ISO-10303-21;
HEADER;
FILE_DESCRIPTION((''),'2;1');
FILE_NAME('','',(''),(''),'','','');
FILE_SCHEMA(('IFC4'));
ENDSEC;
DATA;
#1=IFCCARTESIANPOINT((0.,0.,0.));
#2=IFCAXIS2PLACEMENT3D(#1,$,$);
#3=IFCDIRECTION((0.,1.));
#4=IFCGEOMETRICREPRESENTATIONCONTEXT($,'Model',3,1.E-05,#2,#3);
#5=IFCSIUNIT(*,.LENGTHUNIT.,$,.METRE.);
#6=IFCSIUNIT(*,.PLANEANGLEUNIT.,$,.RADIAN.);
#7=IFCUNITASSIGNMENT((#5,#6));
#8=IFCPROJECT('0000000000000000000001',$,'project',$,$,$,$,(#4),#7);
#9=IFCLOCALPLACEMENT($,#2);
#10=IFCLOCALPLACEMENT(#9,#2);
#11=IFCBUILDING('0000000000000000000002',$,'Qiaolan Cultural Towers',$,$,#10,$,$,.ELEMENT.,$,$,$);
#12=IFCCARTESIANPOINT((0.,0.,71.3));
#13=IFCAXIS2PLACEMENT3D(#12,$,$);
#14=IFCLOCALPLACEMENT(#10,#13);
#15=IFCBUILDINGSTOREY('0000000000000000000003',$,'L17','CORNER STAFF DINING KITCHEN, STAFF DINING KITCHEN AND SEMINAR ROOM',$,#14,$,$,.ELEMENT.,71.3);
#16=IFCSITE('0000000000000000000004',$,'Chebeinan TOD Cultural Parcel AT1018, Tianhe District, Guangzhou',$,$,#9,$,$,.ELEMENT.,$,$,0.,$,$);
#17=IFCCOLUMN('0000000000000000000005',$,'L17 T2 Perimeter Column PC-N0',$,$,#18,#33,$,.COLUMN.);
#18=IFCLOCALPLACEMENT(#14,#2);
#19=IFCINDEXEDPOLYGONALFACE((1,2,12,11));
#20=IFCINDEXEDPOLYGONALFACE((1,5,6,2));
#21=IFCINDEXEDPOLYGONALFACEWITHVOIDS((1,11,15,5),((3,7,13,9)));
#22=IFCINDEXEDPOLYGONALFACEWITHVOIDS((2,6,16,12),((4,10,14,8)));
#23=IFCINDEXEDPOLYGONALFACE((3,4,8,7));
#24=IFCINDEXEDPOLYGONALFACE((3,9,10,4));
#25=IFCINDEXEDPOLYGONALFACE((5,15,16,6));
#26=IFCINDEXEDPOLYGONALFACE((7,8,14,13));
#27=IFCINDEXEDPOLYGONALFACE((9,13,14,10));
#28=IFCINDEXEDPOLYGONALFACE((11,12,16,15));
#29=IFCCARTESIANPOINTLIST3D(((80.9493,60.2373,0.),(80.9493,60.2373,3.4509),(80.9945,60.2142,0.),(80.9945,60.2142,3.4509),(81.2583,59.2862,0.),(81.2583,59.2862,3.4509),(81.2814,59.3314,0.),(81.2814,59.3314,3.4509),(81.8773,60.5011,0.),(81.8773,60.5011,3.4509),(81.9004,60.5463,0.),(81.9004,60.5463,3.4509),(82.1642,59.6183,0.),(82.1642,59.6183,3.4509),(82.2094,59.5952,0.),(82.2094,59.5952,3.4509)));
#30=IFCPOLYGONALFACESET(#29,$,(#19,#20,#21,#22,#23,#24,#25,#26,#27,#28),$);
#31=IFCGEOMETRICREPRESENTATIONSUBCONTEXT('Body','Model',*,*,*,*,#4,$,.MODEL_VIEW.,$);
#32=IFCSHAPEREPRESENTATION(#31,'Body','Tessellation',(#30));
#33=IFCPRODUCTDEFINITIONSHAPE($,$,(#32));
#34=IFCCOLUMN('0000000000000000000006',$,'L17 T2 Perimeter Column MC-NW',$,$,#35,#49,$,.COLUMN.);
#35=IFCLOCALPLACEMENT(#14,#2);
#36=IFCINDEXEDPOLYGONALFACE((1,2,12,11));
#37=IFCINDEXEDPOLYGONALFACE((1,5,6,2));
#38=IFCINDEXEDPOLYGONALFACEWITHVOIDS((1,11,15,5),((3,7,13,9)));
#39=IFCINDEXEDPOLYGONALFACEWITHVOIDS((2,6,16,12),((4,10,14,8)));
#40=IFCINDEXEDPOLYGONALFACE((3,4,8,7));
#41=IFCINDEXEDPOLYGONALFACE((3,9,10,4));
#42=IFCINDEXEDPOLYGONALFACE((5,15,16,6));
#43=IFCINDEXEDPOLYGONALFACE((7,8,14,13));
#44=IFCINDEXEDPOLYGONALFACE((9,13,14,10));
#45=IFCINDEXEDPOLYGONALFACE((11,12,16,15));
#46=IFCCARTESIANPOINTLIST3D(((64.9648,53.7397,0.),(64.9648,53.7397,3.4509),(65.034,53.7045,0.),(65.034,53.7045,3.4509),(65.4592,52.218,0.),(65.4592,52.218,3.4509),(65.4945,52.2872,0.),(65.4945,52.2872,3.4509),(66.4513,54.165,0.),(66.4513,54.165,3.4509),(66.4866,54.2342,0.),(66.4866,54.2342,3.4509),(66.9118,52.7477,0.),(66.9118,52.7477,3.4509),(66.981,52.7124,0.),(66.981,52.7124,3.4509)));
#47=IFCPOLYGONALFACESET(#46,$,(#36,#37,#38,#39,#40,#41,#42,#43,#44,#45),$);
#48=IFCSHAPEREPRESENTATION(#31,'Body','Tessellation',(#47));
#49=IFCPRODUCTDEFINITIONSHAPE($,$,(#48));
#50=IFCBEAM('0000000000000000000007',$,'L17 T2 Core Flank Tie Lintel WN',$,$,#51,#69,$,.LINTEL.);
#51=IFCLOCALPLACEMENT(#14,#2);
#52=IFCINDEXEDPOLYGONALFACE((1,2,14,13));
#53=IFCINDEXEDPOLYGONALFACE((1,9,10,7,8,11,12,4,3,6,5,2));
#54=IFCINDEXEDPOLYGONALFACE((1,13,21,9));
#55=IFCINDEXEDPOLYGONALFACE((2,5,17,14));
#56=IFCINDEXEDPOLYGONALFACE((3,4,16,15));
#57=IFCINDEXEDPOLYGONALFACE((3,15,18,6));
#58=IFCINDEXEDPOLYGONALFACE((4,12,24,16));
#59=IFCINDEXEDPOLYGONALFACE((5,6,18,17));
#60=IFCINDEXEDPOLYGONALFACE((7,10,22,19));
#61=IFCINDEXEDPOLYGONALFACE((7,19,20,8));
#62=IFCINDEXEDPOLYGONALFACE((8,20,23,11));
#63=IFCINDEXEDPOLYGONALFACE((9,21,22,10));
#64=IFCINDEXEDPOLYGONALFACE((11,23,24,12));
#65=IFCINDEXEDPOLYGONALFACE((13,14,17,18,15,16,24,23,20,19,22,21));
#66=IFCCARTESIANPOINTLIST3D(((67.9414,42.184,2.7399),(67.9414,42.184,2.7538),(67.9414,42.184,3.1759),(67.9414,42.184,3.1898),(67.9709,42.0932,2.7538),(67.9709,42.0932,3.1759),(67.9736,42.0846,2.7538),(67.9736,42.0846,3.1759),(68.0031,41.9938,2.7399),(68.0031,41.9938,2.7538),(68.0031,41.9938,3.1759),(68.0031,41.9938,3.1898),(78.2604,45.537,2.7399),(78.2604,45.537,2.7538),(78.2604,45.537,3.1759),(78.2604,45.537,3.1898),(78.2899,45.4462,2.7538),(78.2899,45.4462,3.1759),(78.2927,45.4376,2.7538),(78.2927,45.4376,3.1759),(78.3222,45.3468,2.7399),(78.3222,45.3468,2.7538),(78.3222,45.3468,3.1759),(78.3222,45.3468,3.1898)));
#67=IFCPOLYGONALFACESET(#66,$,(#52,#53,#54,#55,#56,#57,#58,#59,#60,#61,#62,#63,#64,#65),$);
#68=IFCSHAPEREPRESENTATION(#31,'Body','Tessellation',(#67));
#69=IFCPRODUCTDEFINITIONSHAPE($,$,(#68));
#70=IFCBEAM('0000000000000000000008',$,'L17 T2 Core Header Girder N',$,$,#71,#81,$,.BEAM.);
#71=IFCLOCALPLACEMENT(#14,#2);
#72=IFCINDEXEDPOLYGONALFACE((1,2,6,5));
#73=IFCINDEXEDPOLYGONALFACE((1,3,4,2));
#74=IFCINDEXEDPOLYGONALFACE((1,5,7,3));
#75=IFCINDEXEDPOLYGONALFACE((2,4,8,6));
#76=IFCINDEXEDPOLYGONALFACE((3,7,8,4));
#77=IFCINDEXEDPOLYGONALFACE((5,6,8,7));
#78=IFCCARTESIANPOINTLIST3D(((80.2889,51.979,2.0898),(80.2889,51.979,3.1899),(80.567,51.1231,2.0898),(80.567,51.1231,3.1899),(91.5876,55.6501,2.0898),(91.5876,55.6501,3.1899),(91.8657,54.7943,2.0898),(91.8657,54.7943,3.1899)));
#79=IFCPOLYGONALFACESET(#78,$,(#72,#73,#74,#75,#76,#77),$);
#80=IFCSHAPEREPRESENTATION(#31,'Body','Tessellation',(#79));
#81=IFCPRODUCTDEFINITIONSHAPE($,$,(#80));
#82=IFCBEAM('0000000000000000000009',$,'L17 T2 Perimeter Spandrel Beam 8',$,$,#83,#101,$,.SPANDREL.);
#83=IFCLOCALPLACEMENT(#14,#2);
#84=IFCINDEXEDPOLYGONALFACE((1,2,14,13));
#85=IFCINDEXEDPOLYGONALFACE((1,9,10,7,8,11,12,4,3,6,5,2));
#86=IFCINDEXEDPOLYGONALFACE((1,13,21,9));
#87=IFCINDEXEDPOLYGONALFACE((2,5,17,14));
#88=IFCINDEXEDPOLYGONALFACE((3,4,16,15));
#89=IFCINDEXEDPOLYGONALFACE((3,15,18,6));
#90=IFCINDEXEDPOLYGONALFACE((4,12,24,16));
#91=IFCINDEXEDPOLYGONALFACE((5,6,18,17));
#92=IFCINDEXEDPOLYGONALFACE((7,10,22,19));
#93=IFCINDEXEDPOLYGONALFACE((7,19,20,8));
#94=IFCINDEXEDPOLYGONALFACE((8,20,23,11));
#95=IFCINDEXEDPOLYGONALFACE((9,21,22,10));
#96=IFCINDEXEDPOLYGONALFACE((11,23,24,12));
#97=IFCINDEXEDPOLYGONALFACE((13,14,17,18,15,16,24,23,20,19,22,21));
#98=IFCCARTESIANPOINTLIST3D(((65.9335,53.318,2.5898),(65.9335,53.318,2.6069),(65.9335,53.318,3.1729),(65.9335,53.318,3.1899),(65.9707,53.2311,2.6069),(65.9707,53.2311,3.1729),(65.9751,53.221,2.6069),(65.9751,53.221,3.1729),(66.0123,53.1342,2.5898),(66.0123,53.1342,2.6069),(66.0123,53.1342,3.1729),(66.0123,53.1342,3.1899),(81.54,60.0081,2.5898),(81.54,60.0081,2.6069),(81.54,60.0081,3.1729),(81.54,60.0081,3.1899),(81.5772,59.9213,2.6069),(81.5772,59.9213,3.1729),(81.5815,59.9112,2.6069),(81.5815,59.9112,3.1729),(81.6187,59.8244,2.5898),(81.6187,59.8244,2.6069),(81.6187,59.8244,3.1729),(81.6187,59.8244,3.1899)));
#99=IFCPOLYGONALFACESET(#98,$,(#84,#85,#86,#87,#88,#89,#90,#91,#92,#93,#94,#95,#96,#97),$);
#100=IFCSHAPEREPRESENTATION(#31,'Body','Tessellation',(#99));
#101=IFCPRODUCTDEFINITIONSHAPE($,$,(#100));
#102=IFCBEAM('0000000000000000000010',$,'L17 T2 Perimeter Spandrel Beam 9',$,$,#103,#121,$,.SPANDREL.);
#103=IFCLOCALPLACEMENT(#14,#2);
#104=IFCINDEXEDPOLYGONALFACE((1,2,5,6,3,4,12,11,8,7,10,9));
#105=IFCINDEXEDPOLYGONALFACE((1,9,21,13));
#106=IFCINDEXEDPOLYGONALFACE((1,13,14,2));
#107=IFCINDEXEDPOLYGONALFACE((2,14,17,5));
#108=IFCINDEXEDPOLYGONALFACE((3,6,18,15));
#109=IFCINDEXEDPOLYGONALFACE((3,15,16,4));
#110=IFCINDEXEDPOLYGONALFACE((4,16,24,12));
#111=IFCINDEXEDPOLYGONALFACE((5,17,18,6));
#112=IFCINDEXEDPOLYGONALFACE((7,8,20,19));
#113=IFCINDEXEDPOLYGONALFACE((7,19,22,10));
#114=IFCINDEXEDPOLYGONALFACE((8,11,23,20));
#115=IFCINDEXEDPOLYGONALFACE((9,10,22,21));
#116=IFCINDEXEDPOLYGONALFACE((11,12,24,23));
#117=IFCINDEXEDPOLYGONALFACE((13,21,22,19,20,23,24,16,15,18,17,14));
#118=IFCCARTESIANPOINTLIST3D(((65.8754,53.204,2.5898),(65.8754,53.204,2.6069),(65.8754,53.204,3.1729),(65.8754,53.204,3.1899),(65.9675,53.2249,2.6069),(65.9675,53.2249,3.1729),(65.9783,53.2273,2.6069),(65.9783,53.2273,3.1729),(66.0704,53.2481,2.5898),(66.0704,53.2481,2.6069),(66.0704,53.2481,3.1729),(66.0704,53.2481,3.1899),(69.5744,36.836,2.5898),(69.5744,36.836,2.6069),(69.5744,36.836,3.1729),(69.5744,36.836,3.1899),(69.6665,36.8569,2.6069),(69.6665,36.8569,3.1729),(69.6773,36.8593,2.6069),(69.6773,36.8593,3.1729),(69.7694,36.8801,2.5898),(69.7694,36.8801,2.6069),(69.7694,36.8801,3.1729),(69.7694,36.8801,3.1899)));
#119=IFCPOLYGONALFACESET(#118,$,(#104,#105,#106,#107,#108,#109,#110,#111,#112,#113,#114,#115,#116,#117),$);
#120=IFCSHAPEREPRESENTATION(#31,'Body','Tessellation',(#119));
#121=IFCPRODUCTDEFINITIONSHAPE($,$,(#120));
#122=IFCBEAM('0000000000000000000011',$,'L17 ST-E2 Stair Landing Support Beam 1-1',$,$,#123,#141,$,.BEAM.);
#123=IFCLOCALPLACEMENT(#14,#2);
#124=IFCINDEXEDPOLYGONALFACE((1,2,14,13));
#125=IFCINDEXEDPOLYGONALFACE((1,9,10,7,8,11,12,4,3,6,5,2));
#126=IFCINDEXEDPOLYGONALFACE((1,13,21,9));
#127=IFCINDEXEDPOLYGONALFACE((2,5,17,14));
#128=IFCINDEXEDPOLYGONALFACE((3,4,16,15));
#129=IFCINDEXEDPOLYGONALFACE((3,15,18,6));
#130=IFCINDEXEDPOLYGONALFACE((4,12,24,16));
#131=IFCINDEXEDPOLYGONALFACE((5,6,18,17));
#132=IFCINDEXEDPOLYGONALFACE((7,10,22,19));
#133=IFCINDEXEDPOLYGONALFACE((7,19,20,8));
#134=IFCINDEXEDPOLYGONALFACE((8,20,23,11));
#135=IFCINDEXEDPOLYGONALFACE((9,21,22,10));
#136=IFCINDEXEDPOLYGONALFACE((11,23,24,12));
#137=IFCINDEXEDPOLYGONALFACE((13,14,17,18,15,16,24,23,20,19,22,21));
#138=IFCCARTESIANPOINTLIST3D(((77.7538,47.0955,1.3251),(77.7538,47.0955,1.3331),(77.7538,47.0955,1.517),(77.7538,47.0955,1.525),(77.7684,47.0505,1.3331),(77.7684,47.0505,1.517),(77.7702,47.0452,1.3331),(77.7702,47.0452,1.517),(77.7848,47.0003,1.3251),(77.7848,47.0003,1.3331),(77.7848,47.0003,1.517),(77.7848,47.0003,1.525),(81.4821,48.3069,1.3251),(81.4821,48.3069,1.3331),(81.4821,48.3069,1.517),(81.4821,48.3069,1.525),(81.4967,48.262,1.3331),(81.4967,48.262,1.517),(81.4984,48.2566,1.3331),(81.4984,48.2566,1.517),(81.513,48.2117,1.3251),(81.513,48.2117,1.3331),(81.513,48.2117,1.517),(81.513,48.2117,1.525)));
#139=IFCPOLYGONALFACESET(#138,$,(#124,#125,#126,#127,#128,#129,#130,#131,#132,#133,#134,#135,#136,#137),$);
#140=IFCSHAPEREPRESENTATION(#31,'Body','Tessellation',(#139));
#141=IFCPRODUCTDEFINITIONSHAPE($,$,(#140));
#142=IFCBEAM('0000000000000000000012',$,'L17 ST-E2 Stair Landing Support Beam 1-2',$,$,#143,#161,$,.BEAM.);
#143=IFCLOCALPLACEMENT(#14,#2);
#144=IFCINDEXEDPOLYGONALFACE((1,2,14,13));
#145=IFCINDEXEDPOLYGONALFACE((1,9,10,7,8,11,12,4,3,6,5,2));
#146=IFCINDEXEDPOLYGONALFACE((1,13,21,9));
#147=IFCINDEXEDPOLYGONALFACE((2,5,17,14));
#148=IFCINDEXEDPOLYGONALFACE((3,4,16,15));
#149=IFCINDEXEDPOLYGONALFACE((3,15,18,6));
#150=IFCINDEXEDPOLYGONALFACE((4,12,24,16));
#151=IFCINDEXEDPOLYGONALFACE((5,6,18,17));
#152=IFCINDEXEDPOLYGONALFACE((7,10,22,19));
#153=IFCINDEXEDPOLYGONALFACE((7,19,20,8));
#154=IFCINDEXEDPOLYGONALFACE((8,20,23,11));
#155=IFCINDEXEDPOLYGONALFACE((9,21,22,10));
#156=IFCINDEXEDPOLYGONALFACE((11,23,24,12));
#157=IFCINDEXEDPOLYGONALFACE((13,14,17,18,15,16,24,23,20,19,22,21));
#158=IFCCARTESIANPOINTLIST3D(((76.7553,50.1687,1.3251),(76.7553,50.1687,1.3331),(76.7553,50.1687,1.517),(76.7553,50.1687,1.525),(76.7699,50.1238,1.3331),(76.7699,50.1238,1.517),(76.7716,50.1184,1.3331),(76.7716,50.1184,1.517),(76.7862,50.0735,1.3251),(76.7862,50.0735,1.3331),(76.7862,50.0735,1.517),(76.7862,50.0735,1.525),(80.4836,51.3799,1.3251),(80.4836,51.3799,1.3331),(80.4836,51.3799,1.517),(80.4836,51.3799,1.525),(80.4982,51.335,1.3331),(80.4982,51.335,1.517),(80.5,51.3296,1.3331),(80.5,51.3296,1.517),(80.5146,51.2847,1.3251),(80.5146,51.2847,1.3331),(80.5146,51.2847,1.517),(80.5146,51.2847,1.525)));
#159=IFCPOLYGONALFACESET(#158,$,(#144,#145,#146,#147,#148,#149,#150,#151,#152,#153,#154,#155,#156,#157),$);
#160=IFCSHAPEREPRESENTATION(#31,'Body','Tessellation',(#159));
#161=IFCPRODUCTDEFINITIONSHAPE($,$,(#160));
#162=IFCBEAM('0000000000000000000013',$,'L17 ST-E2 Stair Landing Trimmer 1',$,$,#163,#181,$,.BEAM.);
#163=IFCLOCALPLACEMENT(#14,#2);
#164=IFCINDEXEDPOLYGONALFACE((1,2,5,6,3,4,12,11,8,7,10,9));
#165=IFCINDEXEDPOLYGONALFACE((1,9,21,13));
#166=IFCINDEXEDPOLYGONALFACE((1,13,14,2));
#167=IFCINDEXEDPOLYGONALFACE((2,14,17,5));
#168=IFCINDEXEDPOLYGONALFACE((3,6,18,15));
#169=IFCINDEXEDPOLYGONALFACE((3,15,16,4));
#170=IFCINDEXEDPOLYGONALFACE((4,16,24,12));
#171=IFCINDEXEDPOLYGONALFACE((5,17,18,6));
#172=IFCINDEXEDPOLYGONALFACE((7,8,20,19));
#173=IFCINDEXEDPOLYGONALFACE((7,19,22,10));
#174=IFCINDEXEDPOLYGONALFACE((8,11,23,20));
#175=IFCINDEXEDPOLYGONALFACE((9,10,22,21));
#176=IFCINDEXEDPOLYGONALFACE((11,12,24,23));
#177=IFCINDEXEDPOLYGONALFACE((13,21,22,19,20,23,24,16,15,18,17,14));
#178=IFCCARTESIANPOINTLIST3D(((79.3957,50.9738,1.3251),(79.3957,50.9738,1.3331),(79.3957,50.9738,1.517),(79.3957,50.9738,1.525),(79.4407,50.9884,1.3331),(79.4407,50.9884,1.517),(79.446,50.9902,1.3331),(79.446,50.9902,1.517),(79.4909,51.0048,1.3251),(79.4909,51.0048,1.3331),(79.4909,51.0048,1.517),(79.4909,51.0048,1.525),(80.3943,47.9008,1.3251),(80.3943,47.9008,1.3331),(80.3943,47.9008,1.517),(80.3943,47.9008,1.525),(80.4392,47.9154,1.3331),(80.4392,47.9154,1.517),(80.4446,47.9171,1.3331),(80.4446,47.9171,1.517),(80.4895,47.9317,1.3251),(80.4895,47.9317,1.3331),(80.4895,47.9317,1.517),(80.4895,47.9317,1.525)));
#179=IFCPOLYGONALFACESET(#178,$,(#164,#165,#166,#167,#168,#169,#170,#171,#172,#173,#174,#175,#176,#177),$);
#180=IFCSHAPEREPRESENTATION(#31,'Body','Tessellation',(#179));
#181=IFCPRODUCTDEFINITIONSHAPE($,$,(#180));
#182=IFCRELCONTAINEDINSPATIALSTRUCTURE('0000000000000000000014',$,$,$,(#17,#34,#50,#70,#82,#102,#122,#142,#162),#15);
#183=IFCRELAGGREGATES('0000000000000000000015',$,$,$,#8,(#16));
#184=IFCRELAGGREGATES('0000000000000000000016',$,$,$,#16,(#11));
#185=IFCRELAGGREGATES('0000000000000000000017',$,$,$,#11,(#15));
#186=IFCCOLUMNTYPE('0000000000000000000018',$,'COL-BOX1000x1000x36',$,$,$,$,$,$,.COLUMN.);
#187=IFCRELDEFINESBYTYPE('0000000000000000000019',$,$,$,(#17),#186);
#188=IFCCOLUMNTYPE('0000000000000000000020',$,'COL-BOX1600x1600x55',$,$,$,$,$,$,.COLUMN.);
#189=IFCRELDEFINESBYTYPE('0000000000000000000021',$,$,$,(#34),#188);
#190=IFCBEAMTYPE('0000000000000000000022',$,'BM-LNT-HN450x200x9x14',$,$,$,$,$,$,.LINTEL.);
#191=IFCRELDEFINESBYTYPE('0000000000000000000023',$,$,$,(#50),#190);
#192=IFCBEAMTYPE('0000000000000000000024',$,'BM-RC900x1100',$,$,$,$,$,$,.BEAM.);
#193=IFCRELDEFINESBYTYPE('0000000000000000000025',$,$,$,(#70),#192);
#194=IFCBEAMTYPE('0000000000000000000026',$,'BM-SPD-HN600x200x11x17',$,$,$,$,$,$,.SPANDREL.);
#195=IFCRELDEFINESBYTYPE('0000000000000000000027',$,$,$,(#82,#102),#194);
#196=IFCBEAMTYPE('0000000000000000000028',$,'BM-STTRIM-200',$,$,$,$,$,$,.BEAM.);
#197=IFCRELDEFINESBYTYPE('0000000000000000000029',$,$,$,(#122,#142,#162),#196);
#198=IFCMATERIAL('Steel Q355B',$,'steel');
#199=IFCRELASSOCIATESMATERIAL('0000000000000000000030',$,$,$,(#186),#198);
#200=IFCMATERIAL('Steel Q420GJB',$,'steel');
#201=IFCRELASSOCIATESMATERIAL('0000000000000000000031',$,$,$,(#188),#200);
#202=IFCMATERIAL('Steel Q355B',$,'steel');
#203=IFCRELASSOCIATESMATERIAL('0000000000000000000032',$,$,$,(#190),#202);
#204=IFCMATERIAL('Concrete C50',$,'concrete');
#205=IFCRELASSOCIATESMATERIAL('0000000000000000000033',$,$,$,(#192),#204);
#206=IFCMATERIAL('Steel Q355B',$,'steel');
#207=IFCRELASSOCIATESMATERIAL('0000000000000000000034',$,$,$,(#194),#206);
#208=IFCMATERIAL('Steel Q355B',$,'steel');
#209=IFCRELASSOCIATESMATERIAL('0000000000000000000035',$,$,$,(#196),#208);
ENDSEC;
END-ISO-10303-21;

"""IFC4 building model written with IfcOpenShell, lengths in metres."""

from ifc_helpers import new_model, si_unit, direction, frame, origin, origin_2d, place, context, subcontext, project, spatial, rectangle, hollow_rectangle, i_section, extrude, material, material_profile, profile_set, type_object, element, save


model = new_model("IFC4")

# Units and contexts
model_context = context("Model", 3, precision=1e-05, world=origin(), true_north=direction((0.0, 1.0)))
body_context = subcontext(model_context, "Body", "Model", "MODEL_VIEW")
ifc_project = project(units=[si_unit("LENGTHUNIT", "METRE"), si_unit("PLANEANGLEUNIT", "RADIAN")], contexts=[model_context])

# Site, building, storey
site_placement = place(None, origin())
site = spatial("IfcSite", under=ifc_project, at=site_placement, Name="Chebeinan TOD Cultural Parcel AT1018, Tianhe District, Guangzhou", CompositionType="ELEMENT", RefElevation=0.0)
building_placement = place(site_placement, origin())
building = spatial("IfcBuilding", under=site, at=building_placement, Name="Qiaolan Cultural Towers", CompositionType="ELEMENT")
storey_placement = place(building_placement, frame((0.0, 0.0, 71.3)))
storey = spatial("IfcBuildingStorey", under=building, at=storey_placement, Name="L17", Description="CORNER STAFF DINING KITCHEN, STAFF DINING KITCHEN AND SEMINAR ROOM", CompositionType="ELEMENT", Elevation=71.3)

# Columns
ifc_material_1 = material(Name="Steel Q355B", Category="steel")
ifc_material_profile_1 = material_profile(ifc_material_1, hollow_rectangle(XDim=1.0, YDim=1.0, WallThickness=0.0359, at=origin_2d()), Name="BOX1000x1000x36")
ifc_profile_set_1 = profile_set([ifc_material_profile_1], Name="Steel Q355B")
column_type_1 = type_object("IfcColumnType", Name="COL-BOX1000x1000x36", PredefinedType="COLUMN", material=ifc_profile_set_1)
column_1_placement = place(storey_placement, frame((81.5793, 59.9163, 0.0), z_axis=(0.0, 0.0, 1.0), x_axis=(0.951057, 0.309017, 0.0)))
element("IfcColumn", 1, at=column_1_placement, inside=storey, type_object=column_type_1, Name="L17 T2 Perimeter Column PC-N0", PredefinedType="COLUMN", context=body_context, shape_type="SweptSolid", body=[
    extrude(hollow_rectangle(XDim=1.0, YDim=1.0, WallThickness=0.0359, at=origin_2d()), origin(), (0.0, 0.0, 1.0), 3.4509),
])
ifc_material_2 = material(Name="Steel Q420GJB", Category="steel")
ifc_material_profile_2 = material_profile(ifc_material_2, hollow_rectangle(XDim=1.6001, YDim=1.6001, WallThickness=0.0549, at=origin_2d()), Name="BOX1600x1600x55")
ifc_profile_set_2 = profile_set([ifc_material_profile_2], Name="Steel Q420GJB")
column_type_2 = type_object("IfcColumnType", Name="COL-BOX1600x1600x55", PredefinedType="COLUMN", material=ifc_profile_set_2)
column_2_placement = place(storey_placement, frame((65.9729, 53.2261, 0.0), z_axis=(0.0, 0.0, 1.0), x_axis=(0.951057, 0.309017, 0.0)))
element("IfcColumn", 2, at=column_2_placement, inside=storey, type_object=column_type_2, Name="L17 T2 Perimeter Column MC-NW", PredefinedType="COLUMN", context=body_context, shape_type="SweptSolid", body=[
    extrude(hollow_rectangle(XDim=1.6001, YDim=1.6001, WallThickness=0.0549, at=origin_2d()), origin(), (0.0, 0.0, 1.0), 3.4509),
])

# Beams
ifc_material_3 = material(Name="Steel Q355B", Category="steel")
ifc_material_profile_3 = material_profile(ifc_material_3, i_section(OverallWidth=0.2, OverallDepth=0.45, WebThickness=0.009, FlangeThickness=0.0139, at=origin_2d()), Name="HN450x200x9x14")
ifc_profile_set_3 = profile_set([ifc_material_profile_3], Name="Steel Q355B")
beam_type_1 = type_object("IfcBeamType", Name="BM-LNT-HN450x200x9x14", PredefinedType="LINTEL", material=ifc_profile_set_3)
beam_1_placement = place(storey_placement, frame((78.2913, 45.4419, 2.9648), z_axis=(-0.951052, -0.30903, 0.0), x_axis=(0.30903, -0.951052, 0.0)))
element("IfcBeam", 3, at=beam_1_placement, inside=storey, type_object=beam_type_1, Name="L17 T2 Core Flank Tie Lintel WN", PredefinedType="LINTEL", context=body_context, shape_type="SweptSolid", body=[
    extrude(i_section(OverallWidth=0.2, OverallDepth=0.45, WebThickness=0.009, FlangeThickness=0.0139, at=origin_2d()), origin(), (0.0, 0.0, 1.0), 10.8501),
])
ifc_material_4 = material(Name="Concrete C50", Category="concrete")
ifc_material_profile_4 = material_profile(ifc_material_4, rectangle(XDim=0.8999, YDim=1.1001, at=origin_2d()), Name="RC900x1100")
ifc_profile_set_4 = profile_set([ifc_material_profile_4], Name="Concrete C50")
beam_type_2 = type_object("IfcBeamType", Name="BM-RC900x1100", PredefinedType="BEAM", material=ifc_profile_set_4)
beam_2_placement = place(storey_placement, frame((80.428, 51.551, 2.6399), z_axis=(0.951056, 0.309018, 0.0), x_axis=(-0.309018, 0.951056, 0.0)))
element("IfcBeam", 4, at=beam_2_placement, inside=storey, type_object=beam_type_2, Name="L17 T2 Core Header Girder N", PredefinedType="BEAM", context=body_context, shape_type="SweptSolid", body=[
    extrude(rectangle(XDim=0.8999, YDim=1.1001, at=origin_2d()), origin(), (0.0, 0.0, 1.0), 11.8801),
])
ifc_material_5 = material(Name="Steel Q355B", Category="steel")
ifc_material_profile_5 = material_profile(ifc_material_5, i_section(OverallWidth=0.2, OverallDepth=0.6001, WebThickness=0.011, FlangeThickness=0.0171, at=origin_2d()), Name="HN600x200x11x17")
ifc_profile_set_5 = profile_set([ifc_material_profile_5], Name="Steel Q355B")
beam_type_3 = type_object("IfcBeamType", Name="BM-SPD-HN600x200x11x17", PredefinedType="SPANDREL", material=ifc_profile_set_5)
beam_3_placement = place(storey_placement, frame((81.5793, 59.9163, 2.8899), z_axis=(-0.919109, -0.394004, 0.0), x_axis=(0.394004, -0.919109, 0.0)))
element("IfcBeam", 5, at=beam_3_placement, inside=storey, type_object=beam_type_3, Name="L17 T2 Perimeter Spandrel Beam 8", PredefinedType="SPANDREL", context=body_context, shape_type="SweptSolid", body=[
    extrude(i_section(OverallWidth=0.2, OverallDepth=0.6001, WebThickness=0.011, FlangeThickness=0.0171, at=origin_2d()), origin(), (0.0, 0.0, 1.0), 16.98),
])
beam_4_placement = place(storey_placement, frame((65.9729, 53.2261, 2.8899), z_axis=(0.220431, -0.975403, 0.0), x_axis=(0.975403, 0.220431, 0.0)))
element("IfcBeam", 6, at=beam_4_placement, inside=storey, type_object=beam_type_3, Name="L17 T2 Perimeter Spandrel Beam 9", PredefinedType="SPANDREL", context=body_context, shape_type="SweptSolid", body=[
    extrude(i_section(OverallWidth=0.2, OverallDepth=0.6001, WebThickness=0.011, FlangeThickness=0.0171, at=origin_2d()), origin(), (0.0, 0.0, 1.0), 16.7808),
])
ifc_material_6 = material(Name="Steel Q355B", Category="steel")
ifc_material_profile_6 = material_profile(ifc_material_6, i_section(OverallWidth=0.1001, OverallDepth=0.2, WebThickness=0.0056, FlangeThickness=0.0081, at=origin_2d()), Name="HN200x100x5.5x8")
ifc_profile_set_6 = profile_set([ifc_material_profile_6], Name="Steel Q355B")
beam_type_4 = type_object("IfcBeamType", Name="BM-STTRIM-200", PredefinedType="BEAM", material=ifc_profile_set_6)
for number, where, z_axis, x_axis, name in (
    (7, (77.7693, 47.0479, 1.425), (0.951054, 0.309026, 0.0), (-0.309026, 0.951054, 0.0), "L17 ST-E2 Stair Landing Support Beam 1-1"),
    (8, (76.7708, 50.1211, 1.425), (0.951072, 0.308969, 0.0), (-0.308969, 0.951072, 0.0), "L17 ST-E2 Stair Landing Support Beam 1-2"),
):
    element("IfcBeam", number, at=place(storey_placement, frame(where, z_axis=z_axis, x_axis=x_axis)), inside=storey, type_object=beam_type_4, Name=name, PredefinedType="BEAM", context=body_context, shape_type="SweptSolid", body=[
        extrude(i_section(OverallWidth=0.1001, OverallDepth=0.2, WebThickness=0.0056, FlangeThickness=0.0081, at=origin_2d()), origin(), (0.0, 0.0, 1.0), 3.9202),
    ])
beam_5_placement = place(storey_placement, frame((80.4419, 47.9163, 1.425), z_axis=(-0.309033, 0.951051, 0.0), x_axis=(-0.951051, -0.309033, 0.0)))
element("IfcBeam", 9, at=beam_5_placement, inside=storey, type_object=beam_type_4, Name="L17 ST-E2 Stair Landing Trimmer 1", PredefinedType="BEAM", context=body_context, shape_type="SweptSolid", body=[
    extrude(i_section(OverallWidth=0.1001, OverallDepth=0.2, WebThickness=0.0056, FlangeThickness=0.0081, at=origin_2d()), origin(), (0.0, 0.0, 1.0), 3.2312),
])

save(model, "model.ifc")
